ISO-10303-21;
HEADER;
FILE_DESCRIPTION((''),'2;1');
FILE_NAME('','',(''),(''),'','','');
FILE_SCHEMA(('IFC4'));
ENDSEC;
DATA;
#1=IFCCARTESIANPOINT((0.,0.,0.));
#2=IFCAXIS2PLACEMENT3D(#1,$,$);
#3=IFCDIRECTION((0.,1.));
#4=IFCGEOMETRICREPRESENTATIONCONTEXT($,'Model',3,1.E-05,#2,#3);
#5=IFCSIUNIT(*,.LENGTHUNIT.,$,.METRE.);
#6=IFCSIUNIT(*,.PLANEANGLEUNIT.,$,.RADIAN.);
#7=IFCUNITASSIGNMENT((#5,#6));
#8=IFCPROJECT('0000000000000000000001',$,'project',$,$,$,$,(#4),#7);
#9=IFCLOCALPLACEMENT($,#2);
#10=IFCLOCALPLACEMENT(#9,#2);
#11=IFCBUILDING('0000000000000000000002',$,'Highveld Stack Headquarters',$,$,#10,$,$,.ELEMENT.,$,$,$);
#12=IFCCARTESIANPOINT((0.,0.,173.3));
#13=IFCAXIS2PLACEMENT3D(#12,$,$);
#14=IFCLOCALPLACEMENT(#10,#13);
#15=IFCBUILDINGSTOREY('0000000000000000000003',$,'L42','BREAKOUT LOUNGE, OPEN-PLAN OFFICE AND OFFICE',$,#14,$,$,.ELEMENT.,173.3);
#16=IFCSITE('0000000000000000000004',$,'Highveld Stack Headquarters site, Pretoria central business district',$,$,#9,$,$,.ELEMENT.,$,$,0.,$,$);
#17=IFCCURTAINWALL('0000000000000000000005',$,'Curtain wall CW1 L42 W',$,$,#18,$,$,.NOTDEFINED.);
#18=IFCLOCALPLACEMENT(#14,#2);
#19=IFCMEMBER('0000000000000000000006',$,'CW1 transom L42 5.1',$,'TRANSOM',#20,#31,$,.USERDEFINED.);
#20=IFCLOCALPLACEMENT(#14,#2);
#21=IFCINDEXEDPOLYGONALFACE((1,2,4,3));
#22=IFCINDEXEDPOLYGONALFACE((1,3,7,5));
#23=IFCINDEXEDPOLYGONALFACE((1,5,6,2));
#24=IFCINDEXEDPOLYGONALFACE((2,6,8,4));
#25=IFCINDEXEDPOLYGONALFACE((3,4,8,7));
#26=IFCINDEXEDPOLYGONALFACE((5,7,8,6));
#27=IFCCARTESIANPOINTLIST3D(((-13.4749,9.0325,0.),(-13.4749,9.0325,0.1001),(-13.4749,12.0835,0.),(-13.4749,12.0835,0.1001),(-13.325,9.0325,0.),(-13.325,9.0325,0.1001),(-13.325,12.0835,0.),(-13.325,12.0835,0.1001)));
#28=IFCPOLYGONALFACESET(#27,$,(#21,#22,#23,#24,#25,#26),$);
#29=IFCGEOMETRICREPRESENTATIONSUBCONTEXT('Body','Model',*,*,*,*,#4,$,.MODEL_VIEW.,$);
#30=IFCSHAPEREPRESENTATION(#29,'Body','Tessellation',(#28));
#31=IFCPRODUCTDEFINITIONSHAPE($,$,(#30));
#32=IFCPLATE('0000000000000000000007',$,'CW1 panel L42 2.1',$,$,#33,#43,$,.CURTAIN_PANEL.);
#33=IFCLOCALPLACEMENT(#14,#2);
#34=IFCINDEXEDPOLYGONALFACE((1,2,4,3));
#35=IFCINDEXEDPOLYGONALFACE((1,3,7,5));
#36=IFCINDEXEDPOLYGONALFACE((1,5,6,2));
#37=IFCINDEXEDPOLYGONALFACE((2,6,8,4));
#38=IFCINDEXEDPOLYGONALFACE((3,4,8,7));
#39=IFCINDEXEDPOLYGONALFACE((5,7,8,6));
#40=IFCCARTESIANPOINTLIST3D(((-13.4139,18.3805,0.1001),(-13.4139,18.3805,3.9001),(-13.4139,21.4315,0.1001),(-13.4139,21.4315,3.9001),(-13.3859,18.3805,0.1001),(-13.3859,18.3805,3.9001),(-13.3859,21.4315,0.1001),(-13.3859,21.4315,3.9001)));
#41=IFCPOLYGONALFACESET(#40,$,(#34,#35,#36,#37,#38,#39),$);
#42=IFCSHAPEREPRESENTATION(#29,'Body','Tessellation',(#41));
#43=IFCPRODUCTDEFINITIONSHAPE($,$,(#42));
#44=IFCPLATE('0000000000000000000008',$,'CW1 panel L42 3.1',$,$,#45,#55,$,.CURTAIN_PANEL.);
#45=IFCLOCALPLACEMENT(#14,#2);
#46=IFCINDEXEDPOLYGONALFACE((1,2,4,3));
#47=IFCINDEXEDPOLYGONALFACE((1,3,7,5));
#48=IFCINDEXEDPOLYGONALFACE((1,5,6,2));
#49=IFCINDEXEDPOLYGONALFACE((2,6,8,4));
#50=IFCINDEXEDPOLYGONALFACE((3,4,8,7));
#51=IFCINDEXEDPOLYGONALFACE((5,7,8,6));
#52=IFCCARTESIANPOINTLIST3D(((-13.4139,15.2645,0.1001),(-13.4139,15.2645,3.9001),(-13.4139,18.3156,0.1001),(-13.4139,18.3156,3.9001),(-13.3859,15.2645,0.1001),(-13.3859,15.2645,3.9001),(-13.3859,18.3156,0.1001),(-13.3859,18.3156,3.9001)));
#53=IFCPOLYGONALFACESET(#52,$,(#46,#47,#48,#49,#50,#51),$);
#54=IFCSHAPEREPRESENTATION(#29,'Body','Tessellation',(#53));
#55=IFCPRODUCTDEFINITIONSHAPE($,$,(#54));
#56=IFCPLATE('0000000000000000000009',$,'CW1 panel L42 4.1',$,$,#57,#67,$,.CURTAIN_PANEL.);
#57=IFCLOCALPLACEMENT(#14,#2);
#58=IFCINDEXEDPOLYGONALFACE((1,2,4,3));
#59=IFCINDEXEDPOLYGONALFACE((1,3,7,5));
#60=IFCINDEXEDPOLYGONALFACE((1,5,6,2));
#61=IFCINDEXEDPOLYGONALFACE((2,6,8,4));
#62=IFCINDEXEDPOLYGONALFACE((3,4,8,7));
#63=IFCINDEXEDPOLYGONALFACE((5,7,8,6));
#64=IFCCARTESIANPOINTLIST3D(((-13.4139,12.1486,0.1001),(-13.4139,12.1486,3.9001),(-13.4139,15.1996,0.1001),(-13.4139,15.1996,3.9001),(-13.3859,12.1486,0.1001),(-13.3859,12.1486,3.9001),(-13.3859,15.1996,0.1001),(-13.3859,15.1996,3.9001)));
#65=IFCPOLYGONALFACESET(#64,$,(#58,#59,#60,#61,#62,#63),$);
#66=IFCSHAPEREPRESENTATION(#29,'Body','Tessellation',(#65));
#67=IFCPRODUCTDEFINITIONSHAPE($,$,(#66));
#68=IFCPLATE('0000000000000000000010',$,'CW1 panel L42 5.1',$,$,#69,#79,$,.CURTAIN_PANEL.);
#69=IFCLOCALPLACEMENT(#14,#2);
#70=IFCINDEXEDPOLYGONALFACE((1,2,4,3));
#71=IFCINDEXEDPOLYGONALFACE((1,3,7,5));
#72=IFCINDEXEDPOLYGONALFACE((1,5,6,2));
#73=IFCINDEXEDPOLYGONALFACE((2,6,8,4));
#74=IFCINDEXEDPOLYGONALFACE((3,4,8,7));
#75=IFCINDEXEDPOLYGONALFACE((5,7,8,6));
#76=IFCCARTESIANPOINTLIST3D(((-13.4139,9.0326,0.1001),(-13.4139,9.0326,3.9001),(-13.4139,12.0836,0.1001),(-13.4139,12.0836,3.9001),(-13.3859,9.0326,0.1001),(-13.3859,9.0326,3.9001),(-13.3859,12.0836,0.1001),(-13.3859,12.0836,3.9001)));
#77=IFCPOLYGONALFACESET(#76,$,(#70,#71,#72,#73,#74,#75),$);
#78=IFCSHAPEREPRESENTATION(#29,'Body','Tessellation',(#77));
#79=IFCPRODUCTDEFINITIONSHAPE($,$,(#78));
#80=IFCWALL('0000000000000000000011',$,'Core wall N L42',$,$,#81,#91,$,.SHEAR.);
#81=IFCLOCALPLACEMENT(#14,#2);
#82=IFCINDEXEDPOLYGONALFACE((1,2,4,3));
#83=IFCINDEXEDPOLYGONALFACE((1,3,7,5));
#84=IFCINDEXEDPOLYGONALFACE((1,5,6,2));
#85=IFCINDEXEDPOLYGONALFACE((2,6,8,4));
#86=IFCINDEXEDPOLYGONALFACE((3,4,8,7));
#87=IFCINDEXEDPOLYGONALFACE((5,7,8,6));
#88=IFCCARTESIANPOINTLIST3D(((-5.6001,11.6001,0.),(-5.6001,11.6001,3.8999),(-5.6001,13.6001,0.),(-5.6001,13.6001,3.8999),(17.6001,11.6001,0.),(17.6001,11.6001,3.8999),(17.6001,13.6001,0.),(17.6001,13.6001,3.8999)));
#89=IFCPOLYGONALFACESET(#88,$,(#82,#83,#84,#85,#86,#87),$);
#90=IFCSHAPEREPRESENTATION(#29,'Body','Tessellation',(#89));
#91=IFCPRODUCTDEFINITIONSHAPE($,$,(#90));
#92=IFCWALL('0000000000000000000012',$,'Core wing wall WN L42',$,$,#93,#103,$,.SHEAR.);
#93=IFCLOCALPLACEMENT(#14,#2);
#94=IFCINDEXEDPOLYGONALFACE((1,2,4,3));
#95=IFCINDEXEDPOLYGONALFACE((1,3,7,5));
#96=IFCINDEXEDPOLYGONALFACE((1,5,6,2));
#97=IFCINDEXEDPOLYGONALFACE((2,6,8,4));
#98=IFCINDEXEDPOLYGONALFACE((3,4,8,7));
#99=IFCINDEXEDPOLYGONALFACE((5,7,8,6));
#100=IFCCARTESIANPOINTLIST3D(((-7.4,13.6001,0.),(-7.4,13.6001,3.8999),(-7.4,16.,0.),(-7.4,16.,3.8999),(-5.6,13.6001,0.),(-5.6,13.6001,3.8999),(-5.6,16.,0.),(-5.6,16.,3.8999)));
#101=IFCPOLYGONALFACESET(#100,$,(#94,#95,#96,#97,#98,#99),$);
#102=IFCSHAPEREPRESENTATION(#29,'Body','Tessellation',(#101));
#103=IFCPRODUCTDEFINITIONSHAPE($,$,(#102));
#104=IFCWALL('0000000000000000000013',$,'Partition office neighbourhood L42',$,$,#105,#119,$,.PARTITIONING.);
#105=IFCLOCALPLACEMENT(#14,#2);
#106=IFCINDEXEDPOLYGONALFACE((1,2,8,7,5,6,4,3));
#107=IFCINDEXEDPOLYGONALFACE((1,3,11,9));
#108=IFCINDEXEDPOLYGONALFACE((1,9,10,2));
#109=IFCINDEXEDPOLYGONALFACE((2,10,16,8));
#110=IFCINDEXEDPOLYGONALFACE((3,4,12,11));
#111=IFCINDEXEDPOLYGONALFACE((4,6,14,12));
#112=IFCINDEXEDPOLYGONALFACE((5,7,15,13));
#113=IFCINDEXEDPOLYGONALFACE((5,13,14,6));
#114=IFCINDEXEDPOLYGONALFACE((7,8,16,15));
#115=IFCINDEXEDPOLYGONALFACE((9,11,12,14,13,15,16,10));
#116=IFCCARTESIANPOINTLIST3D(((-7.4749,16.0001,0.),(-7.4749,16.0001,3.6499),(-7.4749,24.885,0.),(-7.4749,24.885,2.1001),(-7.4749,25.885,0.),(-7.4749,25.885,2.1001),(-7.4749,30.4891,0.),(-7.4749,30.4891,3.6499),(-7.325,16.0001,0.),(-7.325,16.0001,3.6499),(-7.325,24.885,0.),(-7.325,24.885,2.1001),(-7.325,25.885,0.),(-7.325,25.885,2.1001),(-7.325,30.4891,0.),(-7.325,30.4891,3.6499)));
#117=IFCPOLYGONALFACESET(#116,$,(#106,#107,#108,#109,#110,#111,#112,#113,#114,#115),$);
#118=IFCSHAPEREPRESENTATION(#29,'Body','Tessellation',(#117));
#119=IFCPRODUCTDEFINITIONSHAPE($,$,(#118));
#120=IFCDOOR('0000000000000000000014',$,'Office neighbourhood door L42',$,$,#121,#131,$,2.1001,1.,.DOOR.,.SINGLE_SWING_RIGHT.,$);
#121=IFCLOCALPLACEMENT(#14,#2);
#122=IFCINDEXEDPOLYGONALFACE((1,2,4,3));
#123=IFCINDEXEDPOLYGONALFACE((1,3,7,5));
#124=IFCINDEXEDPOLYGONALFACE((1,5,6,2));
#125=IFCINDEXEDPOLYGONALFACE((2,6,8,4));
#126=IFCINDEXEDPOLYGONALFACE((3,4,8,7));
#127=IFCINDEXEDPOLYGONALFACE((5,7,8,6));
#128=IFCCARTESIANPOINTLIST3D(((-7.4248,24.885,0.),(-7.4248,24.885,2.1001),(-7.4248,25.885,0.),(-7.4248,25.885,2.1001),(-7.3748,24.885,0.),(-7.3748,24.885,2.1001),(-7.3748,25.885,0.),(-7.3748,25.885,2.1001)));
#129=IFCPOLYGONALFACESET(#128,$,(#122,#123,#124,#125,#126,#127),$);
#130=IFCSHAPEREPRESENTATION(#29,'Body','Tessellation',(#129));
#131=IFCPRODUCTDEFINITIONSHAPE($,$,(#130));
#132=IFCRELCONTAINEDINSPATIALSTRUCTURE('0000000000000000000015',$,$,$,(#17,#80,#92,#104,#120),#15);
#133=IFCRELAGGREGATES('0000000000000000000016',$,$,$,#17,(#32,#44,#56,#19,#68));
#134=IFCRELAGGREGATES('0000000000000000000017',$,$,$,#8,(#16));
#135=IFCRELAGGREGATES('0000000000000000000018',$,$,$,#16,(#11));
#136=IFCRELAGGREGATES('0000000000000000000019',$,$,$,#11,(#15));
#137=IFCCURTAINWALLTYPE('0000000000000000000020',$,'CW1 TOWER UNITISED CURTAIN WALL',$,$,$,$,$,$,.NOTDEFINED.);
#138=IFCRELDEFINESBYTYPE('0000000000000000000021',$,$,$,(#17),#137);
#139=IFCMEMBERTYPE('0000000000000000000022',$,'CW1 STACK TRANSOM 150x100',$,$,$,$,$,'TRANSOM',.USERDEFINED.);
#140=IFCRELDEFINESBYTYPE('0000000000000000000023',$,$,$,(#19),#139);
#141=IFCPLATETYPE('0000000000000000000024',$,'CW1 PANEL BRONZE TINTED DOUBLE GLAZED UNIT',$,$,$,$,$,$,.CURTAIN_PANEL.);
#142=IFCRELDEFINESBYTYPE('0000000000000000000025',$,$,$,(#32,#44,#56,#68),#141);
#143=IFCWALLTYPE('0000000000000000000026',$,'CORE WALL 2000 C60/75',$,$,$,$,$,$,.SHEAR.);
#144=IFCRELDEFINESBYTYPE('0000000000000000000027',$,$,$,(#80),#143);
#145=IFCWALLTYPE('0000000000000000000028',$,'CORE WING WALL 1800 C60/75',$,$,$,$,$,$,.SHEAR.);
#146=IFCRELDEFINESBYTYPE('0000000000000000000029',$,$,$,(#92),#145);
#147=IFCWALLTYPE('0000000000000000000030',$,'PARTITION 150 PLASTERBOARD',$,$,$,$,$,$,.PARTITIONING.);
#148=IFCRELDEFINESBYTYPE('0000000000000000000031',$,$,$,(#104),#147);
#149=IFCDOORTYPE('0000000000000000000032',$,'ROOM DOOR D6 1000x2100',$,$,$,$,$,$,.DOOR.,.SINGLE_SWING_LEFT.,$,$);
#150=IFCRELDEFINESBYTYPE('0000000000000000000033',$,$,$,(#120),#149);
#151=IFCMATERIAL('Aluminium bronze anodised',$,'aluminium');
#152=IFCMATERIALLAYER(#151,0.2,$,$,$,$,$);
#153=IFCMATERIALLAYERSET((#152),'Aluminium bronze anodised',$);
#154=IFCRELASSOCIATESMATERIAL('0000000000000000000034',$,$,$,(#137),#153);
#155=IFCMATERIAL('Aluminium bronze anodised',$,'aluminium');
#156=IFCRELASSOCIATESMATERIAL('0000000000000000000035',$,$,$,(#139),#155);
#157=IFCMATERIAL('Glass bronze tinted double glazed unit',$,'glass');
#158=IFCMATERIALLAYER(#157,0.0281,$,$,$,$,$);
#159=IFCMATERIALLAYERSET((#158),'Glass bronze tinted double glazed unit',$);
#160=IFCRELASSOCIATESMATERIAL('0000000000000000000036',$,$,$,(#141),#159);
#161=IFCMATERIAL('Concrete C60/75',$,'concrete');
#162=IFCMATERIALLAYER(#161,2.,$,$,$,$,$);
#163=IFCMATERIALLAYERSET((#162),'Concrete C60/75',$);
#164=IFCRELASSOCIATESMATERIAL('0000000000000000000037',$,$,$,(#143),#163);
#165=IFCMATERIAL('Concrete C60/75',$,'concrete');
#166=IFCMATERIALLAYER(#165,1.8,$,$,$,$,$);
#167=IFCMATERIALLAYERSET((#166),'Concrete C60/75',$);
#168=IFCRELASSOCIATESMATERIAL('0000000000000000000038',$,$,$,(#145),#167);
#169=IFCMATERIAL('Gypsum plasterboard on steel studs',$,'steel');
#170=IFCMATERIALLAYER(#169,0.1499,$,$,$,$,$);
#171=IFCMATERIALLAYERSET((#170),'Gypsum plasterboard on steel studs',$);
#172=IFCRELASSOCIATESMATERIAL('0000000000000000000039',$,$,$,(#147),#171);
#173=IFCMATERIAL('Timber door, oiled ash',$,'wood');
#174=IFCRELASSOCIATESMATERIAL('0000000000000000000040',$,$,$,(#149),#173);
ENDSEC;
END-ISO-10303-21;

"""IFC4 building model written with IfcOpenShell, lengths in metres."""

from ifc_helpers import new_model, si_unit, direction, frame, frame_2d, origin, origin_2d, place, context, subcontext, project, spatial, rectangle, extrude, material, layer, layer_set, material_profile, profile_set, type_object, element, fill, aggregate, save


model = new_model("IFC4")

# Units and contexts
model_context = context("Model", 3, precision=1e-05, world=origin(), true_north=direction((0.0, 1.0)))
body_context = subcontext(model_context, "Body", "Model", "MODEL_VIEW")
ifc_project = project(units=[si_unit("LENGTHUNIT", "METRE"), si_unit("PLANEANGLEUNIT", "RADIAN")], contexts=[model_context])

# Site, building, storey
site_placement = place(None, origin())
site = spatial("IfcSite", under=ifc_project, at=site_placement, Name="Highveld Stack Headquarters site, Pretoria central business district", CompositionType="ELEMENT", RefElevation=0.0)
building_placement = place(site_placement, origin())
building = spatial("IfcBuilding", under=site, at=building_placement, Name="Highveld Stack Headquarters", CompositionType="ELEMENT")
storey_placement = place(building_placement, frame((0.0, 0.0, 173.3)))
storey = spatial("IfcBuildingStorey", under=building, at=storey_placement, Name="L42", Description="BREAKOUT LOUNGE, OPEN-PLAN OFFICE AND OFFICE", CompositionType="ELEMENT", Elevation=173.3)

# Curtain wall, member, plates
ifc_material_1 = material(Name="Aluminium bronze anodised", Category="aluminium")
ifc_layer_1 = layer(ifc_material_1, 0.2)
ifc_layer_set_1 = layer_set([ifc_layer_1], Name="Aluminium bronze anodised")
curtain_wall_type = type_object("IfcCurtainWallType", Name="CW1 TOWER UNITISED CURTAIN WALL", PredefinedType="NOTDEFINED", material=ifc_layer_set_1)
curtain_wall_placement = place(storey_placement, origin())
curtain_wall = element("IfcCurtainWall", 1, at=curtain_wall_placement, inside=storey, type_object=curtain_wall_type, Name="Curtain wall CW1 L42 W", PredefinedType="NOTDEFINED")
ifc_material_2 = material(Name="Aluminium bronze anodised", Category="aluminium")
ifc_material_profile_1 = material_profile(ifc_material_2, rectangle(XDim=0.1499, YDim=0.1001, at=origin_2d()), Name="CW1 TRANSOM 150x100")
ifc_profile_set_1 = profile_set([ifc_material_profile_1], Name="Aluminium bronze anodised")
member_type_1 = type_object("IfcMemberType", Name="CW1 STACK TRANSOM 150x100", ElementType="TRANSOM", PredefinedType="USERDEFINED", material=ifc_profile_set_1)
member_1_placement = place(storey_placement, frame((-13.3999, 12.0835, 0.05), z_axis=(0.0, -1.0, 0.0), x_axis=(1.0, 0.0, 0.0)))
member_1 = element("IfcMember", 2, at=member_1_placement, type_object=member_type_1, Name="CW1 transom L42 5.1", ObjectType="TRANSOM", PredefinedType="USERDEFINED", context=body_context, shape_type="SweptSolid", body=[
    extrude(rectangle(XDim=0.1499, YDim=0.1001, at=origin_2d()), origin(), (0.0, 0.0, 1.0), 3.051),
])
ifc_material_3 = material(Name="Glass bronze tinted double glazed unit", Category="glass")
ifc_layer_2 = layer(ifc_material_3, 0.0281)
ifc_layer_set_2 = layer_set([ifc_layer_2], Name="Glass bronze tinted double glazed unit")
plate_type = type_object("IfcPlateType", Name="CW1 PANEL BRONZE TINTED DOUBLE GLAZED UNIT", PredefinedType="CURTAIN_PANEL", material=ifc_layer_set_2)
plate_1_placement = place(storey_placement, frame((-13.3999, 19.906, 0.1001), z_axis=(0.0, 0.0, 1.0), x_axis=(0.0, -1.0, 0.0)))
plate_1 = element("IfcPlate", 3, at=plate_1_placement, type_object=plate_type, Name="CW1 panel L42 2.1", PredefinedType="CURTAIN_PANEL", context=body_context, shape_type="SweptSolid", body=[
    extrude(rectangle(XDim=3.051, YDim=0.0281, at=origin_2d()), origin(), (0.0, 0.0, 1.0), 3.8),
])
plate_2_placement = place(storey_placement, frame((-13.3999, 16.79, 0.1001), z_axis=(0.0, 0.0, 1.0), x_axis=(0.0, -1.0, 0.0)))
plate_2 = element("IfcPlate", 4, at=plate_2_placement, type_object=plate_type, Name="CW1 panel L42 3.1", PredefinedType="CURTAIN_PANEL", context=body_context, shape_type="SweptSolid", body=[
    extrude(rectangle(XDim=3.051, YDim=0.0281, at=origin_2d()), origin(), (0.0, 0.0, 1.0), 3.8),
])
plate_3_placement = place(storey_placement, frame((-13.3999, 13.6741, 0.1001), z_axis=(0.0, 0.0, 1.0), x_axis=(0.0, -1.0, 0.0)))
plate_3 = element("IfcPlate", 5, at=plate_3_placement, type_object=plate_type, Name="CW1 panel L42 4.1", PredefinedType="CURTAIN_PANEL", context=body_context, shape_type="SweptSolid", body=[
    extrude(rectangle(XDim=3.051, YDim=0.0281, at=origin_2d()), origin(), (0.0, 0.0, 1.0), 3.8),
])
plate_4_placement = place(storey_placement, frame((-13.3999, 10.5581, 0.1001), z_axis=(0.0, 0.0, 1.0), x_axis=(0.0, -1.0, 0.0)))
plate_4 = element("IfcPlate", 6, at=plate_4_placement, type_object=plate_type, Name="CW1 panel L42 5.1", PredefinedType="CURTAIN_PANEL", context=body_context, shape_type="SweptSolid", body=[
    extrude(rectangle(XDim=3.051, YDim=0.0281, at=origin_2d()), origin(), (0.0, 0.0, 1.0), 3.8),
])
aggregate(curtain_wall, [plate_1, plate_2, plate_3, member_1, plate_4])

# Walls
ifc_material_4 = material(Name="Concrete C60/75", Category="concrete")
ifc_layer_3 = layer(ifc_material_4, 2.0)
ifc_layer_set_3 = layer_set([ifc_layer_3], Name="Concrete C60/75")
wall_type_1 = type_object("IfcWallType", Name="CORE WALL 2000 C60/75", PredefinedType="SHEAR", material=ifc_layer_set_3)
wall_1_placement = place(storey_placement, frame((-5.6001, 12.6001, 0.0), z_axis=(0.0, 0.0, 1.0), x_axis=(1.0, 0.0, 0.0)))
element("IfcWall", 7, at=wall_1_placement, inside=storey, type_object=wall_type_1, Name="Core wall N L42", PredefinedType="SHEAR", context=body_context, shape_type="SweptSolid", body=[
    extrude(rectangle(XDim=23.2002, YDim=2.0, at=frame_2d((11.6001, 0.0))), origin(), (0.0, 0.0, 1.0), 3.8999),
])
ifc_material_5 = material(Name="Concrete C60/75", Category="concrete")
ifc_layer_4 = layer(ifc_material_5, 1.8)
ifc_layer_set_4 = layer_set([ifc_layer_4], Name="Concrete C60/75")
wall_type_2 = type_object("IfcWallType", Name="CORE WING WALL 1800 C60/75", PredefinedType="SHEAR", material=ifc_layer_set_4)
wall_2_placement = place(storey_placement, frame((-6.5, 13.6001, 0.0), z_axis=(0.0, 0.0, 1.0), x_axis=(0.0, 1.0, 0.0)))
element("IfcWall", 8, at=wall_2_placement, inside=storey, type_object=wall_type_2, Name="Core wing wall WN L42", PredefinedType="SHEAR", context=body_context, shape_type="SweptSolid", body=[
    extrude(rectangle(XDim=2.3999, YDim=1.8, at=frame_2d((1.2, 0.0))), origin(), (0.0, 0.0, 1.0), 3.8999),
])

# Wall, opening, door
ifc_material_6 = material(Name="Gypsum plasterboard on steel studs", Category="steel")
ifc_layer_5 = layer(ifc_material_6, 0.1499)
ifc_layer_set_5 = layer_set([ifc_layer_5], Name="Gypsum plasterboard on steel studs")
wall_type_3 = type_object("IfcWallType", Name="PARTITION 150 PLASTERBOARD", PredefinedType="PARTITIONING", material=ifc_layer_set_5)
wall_3_placement = place(storey_placement, frame((-7.3999, 16.0, 0.0), z_axis=(0.0, 0.0, 1.0), x_axis=(0.0, 1.0, 0.0)))
wall_3 = element("IfcWall", 9, at=wall_3_placement, inside=storey, type_object=wall_type_3, Name="Partition office neighbourhood L42", PredefinedType="PARTITIONING", context=body_context, shape_type="SweptSolid", body=[
    extrude(rectangle(XDim=14.489, YDim=0.1499, at=frame_2d((7.2446, 0.0))), origin(), (0.0, 0.0, 1.0), 3.6499),
])
opening_placement = place(wall_3_placement, frame((8.885, 0.0, 0.0)))
opening = element("IfcOpeningElement", 10, at=opening_placement, cuts=wall_3, PredefinedType="OPENING", context=body_context, shape_type="SweptSolid", body=[
    extrude(rectangle(XDim=1.0, YDim=2.1001, at=frame_2d((0.5, 1.05))), frame((0.0, 0.085, 0.0), z_axis=(0.0, -1.0, 0.0), x_axis=(1.0, 0.0, 0.0)), (0.0, 0.0, 1.0), 0.1699),
])
ifc_material_7 = material(Name="Timber door, oiled ash", Category="wood")
door_type = type_object("IfcDoorType", Name="ROOM DOOR D6 1000x2100", OperationType="SINGLE_SWING_LEFT", PredefinedType="DOOR", material=ifc_material_7)
door_placement = place(opening_placement, origin())
door = element("IfcDoor", 11, at=door_placement, inside=storey, type_object=door_type, Name="Office neighbourhood door L42", OperationType="SINGLE_SWING_RIGHT", OverallHeight=2.1001, OverallWidth=1.0, PredefinedType="DOOR", context=body_context, shape_type="SweptSolid", body=[
    extrude(rectangle(XDim=1.0, YDim=2.1001, at=frame_2d((0.5, 1.05))), frame((0.0, 0.0249, 0.0), z_axis=(0.0, -1.0, 0.0), x_axis=(1.0, 0.0, 0.0)), (0.0, 0.0, 1.0), 0.05),
])
fill(opening, door)

save(model, "model.ifc")
